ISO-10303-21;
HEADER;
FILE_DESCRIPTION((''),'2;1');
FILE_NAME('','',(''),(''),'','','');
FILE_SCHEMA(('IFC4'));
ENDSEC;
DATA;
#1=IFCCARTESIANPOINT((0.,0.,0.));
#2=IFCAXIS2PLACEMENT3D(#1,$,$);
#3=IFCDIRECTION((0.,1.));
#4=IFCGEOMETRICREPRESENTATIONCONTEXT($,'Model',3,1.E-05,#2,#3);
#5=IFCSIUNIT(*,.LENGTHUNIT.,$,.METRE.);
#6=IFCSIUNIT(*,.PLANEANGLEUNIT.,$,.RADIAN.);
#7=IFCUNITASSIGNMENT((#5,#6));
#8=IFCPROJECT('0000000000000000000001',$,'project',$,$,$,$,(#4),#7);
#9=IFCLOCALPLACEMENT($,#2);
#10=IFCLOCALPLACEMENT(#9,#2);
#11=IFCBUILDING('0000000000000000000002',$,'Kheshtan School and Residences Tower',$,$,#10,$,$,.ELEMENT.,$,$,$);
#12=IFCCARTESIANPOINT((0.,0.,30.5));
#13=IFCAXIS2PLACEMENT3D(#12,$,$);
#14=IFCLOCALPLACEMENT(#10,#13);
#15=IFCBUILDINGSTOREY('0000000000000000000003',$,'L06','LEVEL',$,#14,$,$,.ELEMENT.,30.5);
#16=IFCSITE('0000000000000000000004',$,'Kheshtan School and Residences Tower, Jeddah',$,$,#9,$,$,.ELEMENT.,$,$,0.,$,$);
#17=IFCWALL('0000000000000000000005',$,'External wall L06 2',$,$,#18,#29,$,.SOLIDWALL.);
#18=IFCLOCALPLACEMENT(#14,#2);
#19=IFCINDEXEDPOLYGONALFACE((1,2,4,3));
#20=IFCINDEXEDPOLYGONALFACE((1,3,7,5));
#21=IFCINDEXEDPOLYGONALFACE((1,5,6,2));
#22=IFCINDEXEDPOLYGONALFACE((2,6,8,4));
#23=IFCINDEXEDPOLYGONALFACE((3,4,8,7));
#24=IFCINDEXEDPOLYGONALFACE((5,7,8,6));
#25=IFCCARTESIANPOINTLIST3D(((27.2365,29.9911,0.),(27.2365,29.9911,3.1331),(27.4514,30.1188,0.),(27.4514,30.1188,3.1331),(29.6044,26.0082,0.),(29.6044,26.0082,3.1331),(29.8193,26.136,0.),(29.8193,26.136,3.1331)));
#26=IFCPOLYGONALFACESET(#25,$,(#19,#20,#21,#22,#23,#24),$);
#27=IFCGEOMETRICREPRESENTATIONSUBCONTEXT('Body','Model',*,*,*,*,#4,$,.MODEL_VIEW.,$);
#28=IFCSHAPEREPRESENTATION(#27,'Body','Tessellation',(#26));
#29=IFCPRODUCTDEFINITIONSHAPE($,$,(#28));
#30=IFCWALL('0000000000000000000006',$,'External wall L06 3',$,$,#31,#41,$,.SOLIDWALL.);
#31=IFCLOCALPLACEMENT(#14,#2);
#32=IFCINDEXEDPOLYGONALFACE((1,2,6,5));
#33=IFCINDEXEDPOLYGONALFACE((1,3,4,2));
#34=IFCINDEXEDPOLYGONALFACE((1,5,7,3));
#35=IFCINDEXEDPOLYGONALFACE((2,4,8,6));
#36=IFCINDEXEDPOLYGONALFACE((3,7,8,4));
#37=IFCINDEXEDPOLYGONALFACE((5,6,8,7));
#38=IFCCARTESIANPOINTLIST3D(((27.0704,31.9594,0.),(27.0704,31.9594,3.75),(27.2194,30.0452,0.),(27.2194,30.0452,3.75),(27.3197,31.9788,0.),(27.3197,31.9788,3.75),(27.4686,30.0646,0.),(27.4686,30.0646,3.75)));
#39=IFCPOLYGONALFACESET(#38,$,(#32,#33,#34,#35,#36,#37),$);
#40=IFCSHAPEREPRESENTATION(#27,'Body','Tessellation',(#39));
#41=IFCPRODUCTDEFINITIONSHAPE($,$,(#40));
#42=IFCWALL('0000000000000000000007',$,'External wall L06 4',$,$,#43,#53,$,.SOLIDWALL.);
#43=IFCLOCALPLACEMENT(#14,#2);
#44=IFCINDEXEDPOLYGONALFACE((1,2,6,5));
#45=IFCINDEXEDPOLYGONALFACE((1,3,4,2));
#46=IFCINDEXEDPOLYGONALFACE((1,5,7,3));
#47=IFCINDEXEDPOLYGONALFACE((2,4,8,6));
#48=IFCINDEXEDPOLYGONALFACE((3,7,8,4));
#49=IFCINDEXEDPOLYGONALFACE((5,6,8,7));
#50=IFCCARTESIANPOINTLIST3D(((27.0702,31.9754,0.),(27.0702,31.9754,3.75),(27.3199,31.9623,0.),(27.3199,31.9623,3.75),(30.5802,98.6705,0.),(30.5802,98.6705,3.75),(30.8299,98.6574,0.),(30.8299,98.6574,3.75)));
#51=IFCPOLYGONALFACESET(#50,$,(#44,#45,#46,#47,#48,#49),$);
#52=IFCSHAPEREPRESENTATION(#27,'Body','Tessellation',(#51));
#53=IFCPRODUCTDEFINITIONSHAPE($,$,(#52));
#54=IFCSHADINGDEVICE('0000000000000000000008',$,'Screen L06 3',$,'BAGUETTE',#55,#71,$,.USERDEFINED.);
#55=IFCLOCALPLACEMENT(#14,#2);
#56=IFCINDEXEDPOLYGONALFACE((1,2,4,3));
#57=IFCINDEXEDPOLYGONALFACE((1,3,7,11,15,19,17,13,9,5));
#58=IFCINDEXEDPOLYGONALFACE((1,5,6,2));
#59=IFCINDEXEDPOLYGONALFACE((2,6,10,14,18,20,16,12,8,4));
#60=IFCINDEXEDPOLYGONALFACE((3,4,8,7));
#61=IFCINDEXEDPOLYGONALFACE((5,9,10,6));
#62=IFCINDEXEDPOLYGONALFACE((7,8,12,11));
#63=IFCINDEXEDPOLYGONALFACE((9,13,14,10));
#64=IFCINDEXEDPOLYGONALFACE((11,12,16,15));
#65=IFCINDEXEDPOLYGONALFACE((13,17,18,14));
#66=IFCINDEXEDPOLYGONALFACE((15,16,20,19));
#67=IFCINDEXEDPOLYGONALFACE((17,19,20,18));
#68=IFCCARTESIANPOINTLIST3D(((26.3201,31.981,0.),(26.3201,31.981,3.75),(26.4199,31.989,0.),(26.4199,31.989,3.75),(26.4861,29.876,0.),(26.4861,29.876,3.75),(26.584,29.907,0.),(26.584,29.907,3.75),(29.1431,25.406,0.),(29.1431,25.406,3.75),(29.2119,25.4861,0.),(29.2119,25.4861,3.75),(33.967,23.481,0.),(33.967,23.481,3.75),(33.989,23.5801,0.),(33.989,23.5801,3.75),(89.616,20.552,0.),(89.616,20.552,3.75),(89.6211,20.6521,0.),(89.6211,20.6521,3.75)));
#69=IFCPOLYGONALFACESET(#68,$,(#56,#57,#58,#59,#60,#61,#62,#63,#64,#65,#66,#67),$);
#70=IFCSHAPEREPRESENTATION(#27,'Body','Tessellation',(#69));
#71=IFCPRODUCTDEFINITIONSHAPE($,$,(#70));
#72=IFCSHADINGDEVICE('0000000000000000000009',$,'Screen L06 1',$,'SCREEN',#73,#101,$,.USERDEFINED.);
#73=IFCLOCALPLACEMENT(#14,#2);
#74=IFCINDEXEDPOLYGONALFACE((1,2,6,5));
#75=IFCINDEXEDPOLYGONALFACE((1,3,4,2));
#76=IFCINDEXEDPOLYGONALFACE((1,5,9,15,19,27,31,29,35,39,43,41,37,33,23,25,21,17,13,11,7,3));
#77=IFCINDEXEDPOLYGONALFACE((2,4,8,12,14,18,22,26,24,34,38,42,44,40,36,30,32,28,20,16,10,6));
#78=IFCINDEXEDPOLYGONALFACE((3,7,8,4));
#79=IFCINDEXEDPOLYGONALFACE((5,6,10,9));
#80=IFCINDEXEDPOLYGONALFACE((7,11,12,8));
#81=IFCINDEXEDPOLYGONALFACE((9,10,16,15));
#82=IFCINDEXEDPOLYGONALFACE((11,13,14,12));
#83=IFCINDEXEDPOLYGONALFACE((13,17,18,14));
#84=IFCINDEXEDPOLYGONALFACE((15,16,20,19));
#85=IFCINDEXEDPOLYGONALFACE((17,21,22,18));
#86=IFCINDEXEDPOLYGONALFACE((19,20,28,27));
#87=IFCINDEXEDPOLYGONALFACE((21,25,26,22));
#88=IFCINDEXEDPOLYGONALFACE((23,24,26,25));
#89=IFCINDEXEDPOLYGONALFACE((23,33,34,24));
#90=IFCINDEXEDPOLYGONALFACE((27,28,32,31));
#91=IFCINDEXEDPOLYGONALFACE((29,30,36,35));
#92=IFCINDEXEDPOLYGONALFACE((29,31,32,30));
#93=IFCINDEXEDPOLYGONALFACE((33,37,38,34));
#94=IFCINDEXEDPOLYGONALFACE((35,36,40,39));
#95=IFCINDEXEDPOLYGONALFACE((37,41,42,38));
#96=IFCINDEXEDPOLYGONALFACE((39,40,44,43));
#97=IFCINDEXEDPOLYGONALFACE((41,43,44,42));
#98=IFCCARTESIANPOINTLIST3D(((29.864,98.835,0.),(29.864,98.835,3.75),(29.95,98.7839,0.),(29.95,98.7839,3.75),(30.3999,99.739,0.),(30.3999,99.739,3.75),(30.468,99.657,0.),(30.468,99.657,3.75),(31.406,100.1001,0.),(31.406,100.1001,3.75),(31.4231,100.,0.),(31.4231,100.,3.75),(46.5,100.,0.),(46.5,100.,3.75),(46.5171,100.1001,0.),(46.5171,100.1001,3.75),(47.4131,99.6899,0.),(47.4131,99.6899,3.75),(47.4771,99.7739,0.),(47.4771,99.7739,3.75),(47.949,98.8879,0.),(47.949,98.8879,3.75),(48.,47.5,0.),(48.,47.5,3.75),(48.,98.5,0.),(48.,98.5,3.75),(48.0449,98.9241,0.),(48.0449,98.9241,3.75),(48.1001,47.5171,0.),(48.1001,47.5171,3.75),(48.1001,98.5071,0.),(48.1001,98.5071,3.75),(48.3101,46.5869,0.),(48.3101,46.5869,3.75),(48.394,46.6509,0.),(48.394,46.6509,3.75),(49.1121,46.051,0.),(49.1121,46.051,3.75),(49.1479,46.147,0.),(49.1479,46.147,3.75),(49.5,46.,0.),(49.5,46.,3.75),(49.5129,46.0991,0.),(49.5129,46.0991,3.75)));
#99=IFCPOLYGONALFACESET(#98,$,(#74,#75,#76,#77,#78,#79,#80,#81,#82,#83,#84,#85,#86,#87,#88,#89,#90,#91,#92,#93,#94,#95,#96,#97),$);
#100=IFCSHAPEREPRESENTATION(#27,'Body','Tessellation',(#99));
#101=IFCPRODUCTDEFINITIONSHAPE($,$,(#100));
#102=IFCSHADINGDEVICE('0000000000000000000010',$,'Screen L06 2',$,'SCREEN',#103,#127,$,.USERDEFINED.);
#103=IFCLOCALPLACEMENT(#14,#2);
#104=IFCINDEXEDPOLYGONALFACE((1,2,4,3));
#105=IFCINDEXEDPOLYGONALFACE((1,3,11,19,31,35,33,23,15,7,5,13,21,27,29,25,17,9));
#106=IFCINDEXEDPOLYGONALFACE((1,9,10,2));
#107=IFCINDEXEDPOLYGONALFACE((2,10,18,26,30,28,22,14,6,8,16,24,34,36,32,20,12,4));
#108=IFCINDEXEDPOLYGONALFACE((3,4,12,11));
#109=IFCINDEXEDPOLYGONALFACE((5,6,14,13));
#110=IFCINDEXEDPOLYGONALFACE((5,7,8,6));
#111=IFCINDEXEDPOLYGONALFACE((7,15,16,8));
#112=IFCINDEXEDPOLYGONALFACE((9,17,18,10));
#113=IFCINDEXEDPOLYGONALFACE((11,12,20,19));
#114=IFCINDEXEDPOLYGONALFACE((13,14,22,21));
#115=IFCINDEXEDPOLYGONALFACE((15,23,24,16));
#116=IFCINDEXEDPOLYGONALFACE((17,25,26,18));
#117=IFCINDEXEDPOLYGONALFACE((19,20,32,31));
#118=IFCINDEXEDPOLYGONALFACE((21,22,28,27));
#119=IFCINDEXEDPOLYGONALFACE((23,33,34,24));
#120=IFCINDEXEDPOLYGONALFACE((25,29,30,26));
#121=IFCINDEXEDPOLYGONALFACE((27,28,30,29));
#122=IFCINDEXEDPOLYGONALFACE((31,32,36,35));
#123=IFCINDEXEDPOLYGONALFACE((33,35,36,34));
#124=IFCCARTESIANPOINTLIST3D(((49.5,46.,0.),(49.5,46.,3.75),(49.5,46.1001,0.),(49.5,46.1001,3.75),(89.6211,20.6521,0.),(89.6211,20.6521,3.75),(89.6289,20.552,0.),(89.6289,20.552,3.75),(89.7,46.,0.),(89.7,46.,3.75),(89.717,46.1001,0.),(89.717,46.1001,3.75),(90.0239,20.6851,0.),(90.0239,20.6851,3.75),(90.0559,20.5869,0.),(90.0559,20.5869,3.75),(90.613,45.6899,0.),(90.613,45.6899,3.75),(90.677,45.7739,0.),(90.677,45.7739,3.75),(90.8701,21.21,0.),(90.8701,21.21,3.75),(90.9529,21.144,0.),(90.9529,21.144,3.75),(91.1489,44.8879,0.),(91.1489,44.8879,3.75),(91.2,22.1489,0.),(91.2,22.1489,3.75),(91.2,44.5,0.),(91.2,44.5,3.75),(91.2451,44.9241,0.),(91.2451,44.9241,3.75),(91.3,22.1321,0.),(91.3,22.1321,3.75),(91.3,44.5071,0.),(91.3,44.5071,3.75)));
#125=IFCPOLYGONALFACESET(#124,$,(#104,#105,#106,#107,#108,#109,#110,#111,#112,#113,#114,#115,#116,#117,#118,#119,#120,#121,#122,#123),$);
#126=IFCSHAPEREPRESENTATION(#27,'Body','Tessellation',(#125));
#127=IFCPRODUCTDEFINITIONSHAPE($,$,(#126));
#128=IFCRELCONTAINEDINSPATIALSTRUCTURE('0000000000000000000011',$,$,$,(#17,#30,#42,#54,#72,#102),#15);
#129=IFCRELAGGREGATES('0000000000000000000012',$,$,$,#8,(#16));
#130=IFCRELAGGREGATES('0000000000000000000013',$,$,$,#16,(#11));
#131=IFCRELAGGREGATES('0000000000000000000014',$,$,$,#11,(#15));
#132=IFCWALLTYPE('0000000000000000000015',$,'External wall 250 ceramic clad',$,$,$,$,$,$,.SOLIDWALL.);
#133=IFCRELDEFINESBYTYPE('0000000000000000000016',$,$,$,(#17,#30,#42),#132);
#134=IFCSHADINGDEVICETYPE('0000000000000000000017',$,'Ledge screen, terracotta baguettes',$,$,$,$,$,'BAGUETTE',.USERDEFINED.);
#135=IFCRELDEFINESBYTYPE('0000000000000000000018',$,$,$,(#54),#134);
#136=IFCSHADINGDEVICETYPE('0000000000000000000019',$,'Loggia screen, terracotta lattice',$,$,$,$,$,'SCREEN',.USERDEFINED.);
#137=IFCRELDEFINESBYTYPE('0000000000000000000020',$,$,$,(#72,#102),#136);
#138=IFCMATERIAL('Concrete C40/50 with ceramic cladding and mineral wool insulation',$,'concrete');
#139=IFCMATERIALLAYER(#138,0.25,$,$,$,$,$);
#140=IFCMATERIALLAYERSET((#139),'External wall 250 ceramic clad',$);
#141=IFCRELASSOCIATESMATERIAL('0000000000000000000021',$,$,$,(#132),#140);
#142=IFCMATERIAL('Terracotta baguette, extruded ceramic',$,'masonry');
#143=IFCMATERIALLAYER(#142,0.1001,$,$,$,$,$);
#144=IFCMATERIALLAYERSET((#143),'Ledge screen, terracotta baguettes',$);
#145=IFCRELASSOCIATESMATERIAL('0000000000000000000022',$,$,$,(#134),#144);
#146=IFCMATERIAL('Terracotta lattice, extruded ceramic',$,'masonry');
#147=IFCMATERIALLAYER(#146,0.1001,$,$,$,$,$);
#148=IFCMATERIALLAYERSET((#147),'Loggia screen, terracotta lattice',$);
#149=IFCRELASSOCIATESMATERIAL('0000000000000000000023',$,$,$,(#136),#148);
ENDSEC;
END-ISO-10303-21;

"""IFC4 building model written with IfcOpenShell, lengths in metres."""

from ifc_helpers import new_model, si_unit, direction, frame, frame_2d, origin, place, context, subcontext, project, spatial, polyline, rectangle, outline, extrude, material, layer, layer_set, type_object, element, save


model = new_model("IFC4")

# Units and contexts
model_context = context("Model", 3, precision=1e-05, world=origin(), true_north=direction((0.0, 1.0)))
body_context = subcontext(model_context, "Body", "Model", "MODEL_VIEW")
ifc_project = project(units=[si_unit("LENGTHUNIT", "METRE"), si_unit("PLANEANGLEUNIT", "RADIAN")], contexts=[model_context])

# Site, building, storey
site_placement = place(None, origin())
site = spatial("IfcSite", under=ifc_project, at=site_placement, Name="Kheshtan School and Residences Tower, Jeddah", CompositionType="ELEMENT", RefElevation=0.0)
building_placement = place(site_placement, origin())
building = spatial("IfcBuilding", under=site, at=building_placement, Name="Kheshtan School and Residences Tower", CompositionType="ELEMENT")
storey_placement = place(building_placement, frame((0.0, 0.0, 30.5)))
storey = spatial("IfcBuildingStorey", under=building, at=storey_placement, Name="L06", Description="LEVEL", CompositionType="ELEMENT", Elevation=30.5)

# Walls
ifc_material_1 = material(Name="Concrete C40/50 with ceramic cladding and mineral wool insulation", Category="concrete")
ifc_layer_1 = layer(ifc_material_1, 0.25)
ifc_layer_set_1 = layer_set([ifc_layer_1], Name="External wall 250 ceramic clad")
wall_type_1 = type_object("IfcWallType", Name="External wall 250 ceramic clad", PredefinedType="SOLIDWALL", material=ifc_layer_set_1)
wall_1_placement = place(storey_placement, frame((29.7119, 26.072, 0.0), z_axis=(0.0, 0.0, 1.0), x_axis=(-0.511028, 0.859564, 0.0)))
element("IfcWall", 1, at=wall_1_placement, inside=storey, type_object=wall_type_1, Name="External wall L06 2", PredefinedType="SOLIDWALL", context=body_context, shape_type="SweptSolid", body=[
    extrude(rectangle(XDim=4.6335, YDim=0.25, at=frame_2d((2.3169, 0.0))), origin(), (0.0, 0.0, 1.0), 3.1331),
])
wall_2_placement = place(storey_placement, frame((27.344, 30.0549, 0.0), z_axis=(0.0, 0.0, 1.0), x_axis=(-0.077572, 0.996987, 0.0)))
element("IfcWall", 2, at=wall_2_placement, inside=storey, type_object=wall_type_1, Name="External wall L06 3", PredefinedType="SOLIDWALL", context=body_context, shape_type="SweptSolid", body=[
    extrude(rectangle(XDim=1.9199, YDim=0.25, at=frame_2d((0.96, 0.0))), origin(), (0.0, 0.0, 1.0), 3.75),
])
wall_3_placement = place(storey_placement, frame((27.1951, 31.969, 0.0), z_axis=(0.0, 0.0, 1.0), x_axis=(0.052555, 0.998618, 0.0)))
element("IfcWall", 3, at=wall_3_placement, inside=storey, type_object=wall_type_1, Name="External wall L06 4", PredefinedType="SOLIDWALL", context=body_context, shape_type="SweptSolid", body=[
    extrude(rectangle(XDim=66.7874, YDim=0.25, at=frame_2d((33.3936, 0.0))), origin(), (0.0, 0.0, 1.0), 3.75),
])

# Shading devices
ifc_material_2 = material(Name="Terracotta baguette, extruded ceramic", Category="masonry")
ifc_layer_2 = layer(ifc_material_2, 0.1001)
ifc_layer_set_2 = layer_set([ifc_layer_2], Name="Ledge screen, terracotta baguettes")
shading_device_type_1 = type_object("IfcShadingDeviceType", Name="Ledge screen, terracotta baguettes", ElementType="BAGUETTE", PredefinedType="USERDEFINED", material=ifc_layer_set_2)
shading_device_1_placement = place(storey_placement, origin())
element("IfcShadingDevice", 4, at=shading_device_1_placement, inside=storey, type_object=shading_device_type_1, Name="Screen L06 3", ObjectType="BAGUETTE", PredefinedType="USERDEFINED", context=body_context, shape_type="SweptSolid", body=[
    extrude(outline(polyline([(89.6211, 20.6521), (33.989, 23.5801), (29.2119, 25.4861), (26.584, 29.907), (26.4199, 31.989), (26.3201, 31.981), (26.4861, 29.876), (29.1431, 25.406), (33.967, 23.481), (89.616, 20.552), (89.6211, 20.6521)])), origin(), (0.0, 0.0, 1.0), 3.75),
])
ifc_material_3 = material(Name="Terracotta lattice, extruded ceramic", Category="masonry")
ifc_layer_3 = layer(ifc_material_3, 0.1001)
ifc_layer_set_3 = layer_set([ifc_layer_3], Name="Loggia screen, terracotta lattice")
shading_device_type_2 = type_object("IfcShadingDeviceType", Name="Loggia screen, terracotta lattice", ElementType="SCREEN", PredefinedType="USERDEFINED", material=ifc_layer_set_3)
shading_device_2_placement = place(storey_placement, origin())
element("IfcShadingDevice", 5, at=shading_device_2_placement, inside=storey, type_object=shading_device_type_2, Name="Screen L06 1", ObjectType="SCREEN", PredefinedType="USERDEFINED", context=body_context, shape_type="SweptSolid", body=[
    extrude(outline(polyline([(29.95, 98.7839), (30.468, 99.657), (31.4231, 100.0), (46.5, 100.0), (47.4131, 99.6899), (47.949, 98.8879), (48.0, 98.5), (48.0, 47.5), (48.3101, 46.5869), (49.1121, 46.051), (49.5, 46.0), (49.5129, 46.0991), (49.1479, 46.147), (48.394, 46.6509), (48.1001, 47.5171), (48.1001, 98.5071), (48.0449, 98.9241), (47.4771, 99.7739), (46.5171, 100.1001), (31.406, 100.1001), (30.3999, 99.739), (29.864, 98.835), (29.95, 98.7839)])), origin(), (0.0, 0.0, 1.0), 3.75),
])
shading_device_3_placement = place(storey_placement, origin())
element("IfcShadingDevice", 6, at=shading_device_3_placement, inside=storey, type_object=shading_device_type_2, Name="Screen L06 2", ObjectType="SCREEN", PredefinedType="USERDEFINED", context=body_context, shape_type="SweptSolid", body=[
    extrude(outline(polyline([(49.5, 46.0), (89.7, 46.0), (90.613, 45.6899), (91.1489, 44.8879), (91.2, 44.5), (91.2, 22.1489), (90.8701, 21.21), (90.0239, 20.6851), (89.6211, 20.6521), (89.6289, 20.552), (90.0559, 20.5869), (90.9529, 21.144), (91.3, 22.1321), (91.3, 44.5071), (91.2451, 44.9241), (90.677, 45.7739), (89.717, 46.1001), (49.5, 46.1001), (49.5, 46.0)])), origin(), (0.0, 0.0, 1.0), 3.75),
])

save(model, "model.ifc")
